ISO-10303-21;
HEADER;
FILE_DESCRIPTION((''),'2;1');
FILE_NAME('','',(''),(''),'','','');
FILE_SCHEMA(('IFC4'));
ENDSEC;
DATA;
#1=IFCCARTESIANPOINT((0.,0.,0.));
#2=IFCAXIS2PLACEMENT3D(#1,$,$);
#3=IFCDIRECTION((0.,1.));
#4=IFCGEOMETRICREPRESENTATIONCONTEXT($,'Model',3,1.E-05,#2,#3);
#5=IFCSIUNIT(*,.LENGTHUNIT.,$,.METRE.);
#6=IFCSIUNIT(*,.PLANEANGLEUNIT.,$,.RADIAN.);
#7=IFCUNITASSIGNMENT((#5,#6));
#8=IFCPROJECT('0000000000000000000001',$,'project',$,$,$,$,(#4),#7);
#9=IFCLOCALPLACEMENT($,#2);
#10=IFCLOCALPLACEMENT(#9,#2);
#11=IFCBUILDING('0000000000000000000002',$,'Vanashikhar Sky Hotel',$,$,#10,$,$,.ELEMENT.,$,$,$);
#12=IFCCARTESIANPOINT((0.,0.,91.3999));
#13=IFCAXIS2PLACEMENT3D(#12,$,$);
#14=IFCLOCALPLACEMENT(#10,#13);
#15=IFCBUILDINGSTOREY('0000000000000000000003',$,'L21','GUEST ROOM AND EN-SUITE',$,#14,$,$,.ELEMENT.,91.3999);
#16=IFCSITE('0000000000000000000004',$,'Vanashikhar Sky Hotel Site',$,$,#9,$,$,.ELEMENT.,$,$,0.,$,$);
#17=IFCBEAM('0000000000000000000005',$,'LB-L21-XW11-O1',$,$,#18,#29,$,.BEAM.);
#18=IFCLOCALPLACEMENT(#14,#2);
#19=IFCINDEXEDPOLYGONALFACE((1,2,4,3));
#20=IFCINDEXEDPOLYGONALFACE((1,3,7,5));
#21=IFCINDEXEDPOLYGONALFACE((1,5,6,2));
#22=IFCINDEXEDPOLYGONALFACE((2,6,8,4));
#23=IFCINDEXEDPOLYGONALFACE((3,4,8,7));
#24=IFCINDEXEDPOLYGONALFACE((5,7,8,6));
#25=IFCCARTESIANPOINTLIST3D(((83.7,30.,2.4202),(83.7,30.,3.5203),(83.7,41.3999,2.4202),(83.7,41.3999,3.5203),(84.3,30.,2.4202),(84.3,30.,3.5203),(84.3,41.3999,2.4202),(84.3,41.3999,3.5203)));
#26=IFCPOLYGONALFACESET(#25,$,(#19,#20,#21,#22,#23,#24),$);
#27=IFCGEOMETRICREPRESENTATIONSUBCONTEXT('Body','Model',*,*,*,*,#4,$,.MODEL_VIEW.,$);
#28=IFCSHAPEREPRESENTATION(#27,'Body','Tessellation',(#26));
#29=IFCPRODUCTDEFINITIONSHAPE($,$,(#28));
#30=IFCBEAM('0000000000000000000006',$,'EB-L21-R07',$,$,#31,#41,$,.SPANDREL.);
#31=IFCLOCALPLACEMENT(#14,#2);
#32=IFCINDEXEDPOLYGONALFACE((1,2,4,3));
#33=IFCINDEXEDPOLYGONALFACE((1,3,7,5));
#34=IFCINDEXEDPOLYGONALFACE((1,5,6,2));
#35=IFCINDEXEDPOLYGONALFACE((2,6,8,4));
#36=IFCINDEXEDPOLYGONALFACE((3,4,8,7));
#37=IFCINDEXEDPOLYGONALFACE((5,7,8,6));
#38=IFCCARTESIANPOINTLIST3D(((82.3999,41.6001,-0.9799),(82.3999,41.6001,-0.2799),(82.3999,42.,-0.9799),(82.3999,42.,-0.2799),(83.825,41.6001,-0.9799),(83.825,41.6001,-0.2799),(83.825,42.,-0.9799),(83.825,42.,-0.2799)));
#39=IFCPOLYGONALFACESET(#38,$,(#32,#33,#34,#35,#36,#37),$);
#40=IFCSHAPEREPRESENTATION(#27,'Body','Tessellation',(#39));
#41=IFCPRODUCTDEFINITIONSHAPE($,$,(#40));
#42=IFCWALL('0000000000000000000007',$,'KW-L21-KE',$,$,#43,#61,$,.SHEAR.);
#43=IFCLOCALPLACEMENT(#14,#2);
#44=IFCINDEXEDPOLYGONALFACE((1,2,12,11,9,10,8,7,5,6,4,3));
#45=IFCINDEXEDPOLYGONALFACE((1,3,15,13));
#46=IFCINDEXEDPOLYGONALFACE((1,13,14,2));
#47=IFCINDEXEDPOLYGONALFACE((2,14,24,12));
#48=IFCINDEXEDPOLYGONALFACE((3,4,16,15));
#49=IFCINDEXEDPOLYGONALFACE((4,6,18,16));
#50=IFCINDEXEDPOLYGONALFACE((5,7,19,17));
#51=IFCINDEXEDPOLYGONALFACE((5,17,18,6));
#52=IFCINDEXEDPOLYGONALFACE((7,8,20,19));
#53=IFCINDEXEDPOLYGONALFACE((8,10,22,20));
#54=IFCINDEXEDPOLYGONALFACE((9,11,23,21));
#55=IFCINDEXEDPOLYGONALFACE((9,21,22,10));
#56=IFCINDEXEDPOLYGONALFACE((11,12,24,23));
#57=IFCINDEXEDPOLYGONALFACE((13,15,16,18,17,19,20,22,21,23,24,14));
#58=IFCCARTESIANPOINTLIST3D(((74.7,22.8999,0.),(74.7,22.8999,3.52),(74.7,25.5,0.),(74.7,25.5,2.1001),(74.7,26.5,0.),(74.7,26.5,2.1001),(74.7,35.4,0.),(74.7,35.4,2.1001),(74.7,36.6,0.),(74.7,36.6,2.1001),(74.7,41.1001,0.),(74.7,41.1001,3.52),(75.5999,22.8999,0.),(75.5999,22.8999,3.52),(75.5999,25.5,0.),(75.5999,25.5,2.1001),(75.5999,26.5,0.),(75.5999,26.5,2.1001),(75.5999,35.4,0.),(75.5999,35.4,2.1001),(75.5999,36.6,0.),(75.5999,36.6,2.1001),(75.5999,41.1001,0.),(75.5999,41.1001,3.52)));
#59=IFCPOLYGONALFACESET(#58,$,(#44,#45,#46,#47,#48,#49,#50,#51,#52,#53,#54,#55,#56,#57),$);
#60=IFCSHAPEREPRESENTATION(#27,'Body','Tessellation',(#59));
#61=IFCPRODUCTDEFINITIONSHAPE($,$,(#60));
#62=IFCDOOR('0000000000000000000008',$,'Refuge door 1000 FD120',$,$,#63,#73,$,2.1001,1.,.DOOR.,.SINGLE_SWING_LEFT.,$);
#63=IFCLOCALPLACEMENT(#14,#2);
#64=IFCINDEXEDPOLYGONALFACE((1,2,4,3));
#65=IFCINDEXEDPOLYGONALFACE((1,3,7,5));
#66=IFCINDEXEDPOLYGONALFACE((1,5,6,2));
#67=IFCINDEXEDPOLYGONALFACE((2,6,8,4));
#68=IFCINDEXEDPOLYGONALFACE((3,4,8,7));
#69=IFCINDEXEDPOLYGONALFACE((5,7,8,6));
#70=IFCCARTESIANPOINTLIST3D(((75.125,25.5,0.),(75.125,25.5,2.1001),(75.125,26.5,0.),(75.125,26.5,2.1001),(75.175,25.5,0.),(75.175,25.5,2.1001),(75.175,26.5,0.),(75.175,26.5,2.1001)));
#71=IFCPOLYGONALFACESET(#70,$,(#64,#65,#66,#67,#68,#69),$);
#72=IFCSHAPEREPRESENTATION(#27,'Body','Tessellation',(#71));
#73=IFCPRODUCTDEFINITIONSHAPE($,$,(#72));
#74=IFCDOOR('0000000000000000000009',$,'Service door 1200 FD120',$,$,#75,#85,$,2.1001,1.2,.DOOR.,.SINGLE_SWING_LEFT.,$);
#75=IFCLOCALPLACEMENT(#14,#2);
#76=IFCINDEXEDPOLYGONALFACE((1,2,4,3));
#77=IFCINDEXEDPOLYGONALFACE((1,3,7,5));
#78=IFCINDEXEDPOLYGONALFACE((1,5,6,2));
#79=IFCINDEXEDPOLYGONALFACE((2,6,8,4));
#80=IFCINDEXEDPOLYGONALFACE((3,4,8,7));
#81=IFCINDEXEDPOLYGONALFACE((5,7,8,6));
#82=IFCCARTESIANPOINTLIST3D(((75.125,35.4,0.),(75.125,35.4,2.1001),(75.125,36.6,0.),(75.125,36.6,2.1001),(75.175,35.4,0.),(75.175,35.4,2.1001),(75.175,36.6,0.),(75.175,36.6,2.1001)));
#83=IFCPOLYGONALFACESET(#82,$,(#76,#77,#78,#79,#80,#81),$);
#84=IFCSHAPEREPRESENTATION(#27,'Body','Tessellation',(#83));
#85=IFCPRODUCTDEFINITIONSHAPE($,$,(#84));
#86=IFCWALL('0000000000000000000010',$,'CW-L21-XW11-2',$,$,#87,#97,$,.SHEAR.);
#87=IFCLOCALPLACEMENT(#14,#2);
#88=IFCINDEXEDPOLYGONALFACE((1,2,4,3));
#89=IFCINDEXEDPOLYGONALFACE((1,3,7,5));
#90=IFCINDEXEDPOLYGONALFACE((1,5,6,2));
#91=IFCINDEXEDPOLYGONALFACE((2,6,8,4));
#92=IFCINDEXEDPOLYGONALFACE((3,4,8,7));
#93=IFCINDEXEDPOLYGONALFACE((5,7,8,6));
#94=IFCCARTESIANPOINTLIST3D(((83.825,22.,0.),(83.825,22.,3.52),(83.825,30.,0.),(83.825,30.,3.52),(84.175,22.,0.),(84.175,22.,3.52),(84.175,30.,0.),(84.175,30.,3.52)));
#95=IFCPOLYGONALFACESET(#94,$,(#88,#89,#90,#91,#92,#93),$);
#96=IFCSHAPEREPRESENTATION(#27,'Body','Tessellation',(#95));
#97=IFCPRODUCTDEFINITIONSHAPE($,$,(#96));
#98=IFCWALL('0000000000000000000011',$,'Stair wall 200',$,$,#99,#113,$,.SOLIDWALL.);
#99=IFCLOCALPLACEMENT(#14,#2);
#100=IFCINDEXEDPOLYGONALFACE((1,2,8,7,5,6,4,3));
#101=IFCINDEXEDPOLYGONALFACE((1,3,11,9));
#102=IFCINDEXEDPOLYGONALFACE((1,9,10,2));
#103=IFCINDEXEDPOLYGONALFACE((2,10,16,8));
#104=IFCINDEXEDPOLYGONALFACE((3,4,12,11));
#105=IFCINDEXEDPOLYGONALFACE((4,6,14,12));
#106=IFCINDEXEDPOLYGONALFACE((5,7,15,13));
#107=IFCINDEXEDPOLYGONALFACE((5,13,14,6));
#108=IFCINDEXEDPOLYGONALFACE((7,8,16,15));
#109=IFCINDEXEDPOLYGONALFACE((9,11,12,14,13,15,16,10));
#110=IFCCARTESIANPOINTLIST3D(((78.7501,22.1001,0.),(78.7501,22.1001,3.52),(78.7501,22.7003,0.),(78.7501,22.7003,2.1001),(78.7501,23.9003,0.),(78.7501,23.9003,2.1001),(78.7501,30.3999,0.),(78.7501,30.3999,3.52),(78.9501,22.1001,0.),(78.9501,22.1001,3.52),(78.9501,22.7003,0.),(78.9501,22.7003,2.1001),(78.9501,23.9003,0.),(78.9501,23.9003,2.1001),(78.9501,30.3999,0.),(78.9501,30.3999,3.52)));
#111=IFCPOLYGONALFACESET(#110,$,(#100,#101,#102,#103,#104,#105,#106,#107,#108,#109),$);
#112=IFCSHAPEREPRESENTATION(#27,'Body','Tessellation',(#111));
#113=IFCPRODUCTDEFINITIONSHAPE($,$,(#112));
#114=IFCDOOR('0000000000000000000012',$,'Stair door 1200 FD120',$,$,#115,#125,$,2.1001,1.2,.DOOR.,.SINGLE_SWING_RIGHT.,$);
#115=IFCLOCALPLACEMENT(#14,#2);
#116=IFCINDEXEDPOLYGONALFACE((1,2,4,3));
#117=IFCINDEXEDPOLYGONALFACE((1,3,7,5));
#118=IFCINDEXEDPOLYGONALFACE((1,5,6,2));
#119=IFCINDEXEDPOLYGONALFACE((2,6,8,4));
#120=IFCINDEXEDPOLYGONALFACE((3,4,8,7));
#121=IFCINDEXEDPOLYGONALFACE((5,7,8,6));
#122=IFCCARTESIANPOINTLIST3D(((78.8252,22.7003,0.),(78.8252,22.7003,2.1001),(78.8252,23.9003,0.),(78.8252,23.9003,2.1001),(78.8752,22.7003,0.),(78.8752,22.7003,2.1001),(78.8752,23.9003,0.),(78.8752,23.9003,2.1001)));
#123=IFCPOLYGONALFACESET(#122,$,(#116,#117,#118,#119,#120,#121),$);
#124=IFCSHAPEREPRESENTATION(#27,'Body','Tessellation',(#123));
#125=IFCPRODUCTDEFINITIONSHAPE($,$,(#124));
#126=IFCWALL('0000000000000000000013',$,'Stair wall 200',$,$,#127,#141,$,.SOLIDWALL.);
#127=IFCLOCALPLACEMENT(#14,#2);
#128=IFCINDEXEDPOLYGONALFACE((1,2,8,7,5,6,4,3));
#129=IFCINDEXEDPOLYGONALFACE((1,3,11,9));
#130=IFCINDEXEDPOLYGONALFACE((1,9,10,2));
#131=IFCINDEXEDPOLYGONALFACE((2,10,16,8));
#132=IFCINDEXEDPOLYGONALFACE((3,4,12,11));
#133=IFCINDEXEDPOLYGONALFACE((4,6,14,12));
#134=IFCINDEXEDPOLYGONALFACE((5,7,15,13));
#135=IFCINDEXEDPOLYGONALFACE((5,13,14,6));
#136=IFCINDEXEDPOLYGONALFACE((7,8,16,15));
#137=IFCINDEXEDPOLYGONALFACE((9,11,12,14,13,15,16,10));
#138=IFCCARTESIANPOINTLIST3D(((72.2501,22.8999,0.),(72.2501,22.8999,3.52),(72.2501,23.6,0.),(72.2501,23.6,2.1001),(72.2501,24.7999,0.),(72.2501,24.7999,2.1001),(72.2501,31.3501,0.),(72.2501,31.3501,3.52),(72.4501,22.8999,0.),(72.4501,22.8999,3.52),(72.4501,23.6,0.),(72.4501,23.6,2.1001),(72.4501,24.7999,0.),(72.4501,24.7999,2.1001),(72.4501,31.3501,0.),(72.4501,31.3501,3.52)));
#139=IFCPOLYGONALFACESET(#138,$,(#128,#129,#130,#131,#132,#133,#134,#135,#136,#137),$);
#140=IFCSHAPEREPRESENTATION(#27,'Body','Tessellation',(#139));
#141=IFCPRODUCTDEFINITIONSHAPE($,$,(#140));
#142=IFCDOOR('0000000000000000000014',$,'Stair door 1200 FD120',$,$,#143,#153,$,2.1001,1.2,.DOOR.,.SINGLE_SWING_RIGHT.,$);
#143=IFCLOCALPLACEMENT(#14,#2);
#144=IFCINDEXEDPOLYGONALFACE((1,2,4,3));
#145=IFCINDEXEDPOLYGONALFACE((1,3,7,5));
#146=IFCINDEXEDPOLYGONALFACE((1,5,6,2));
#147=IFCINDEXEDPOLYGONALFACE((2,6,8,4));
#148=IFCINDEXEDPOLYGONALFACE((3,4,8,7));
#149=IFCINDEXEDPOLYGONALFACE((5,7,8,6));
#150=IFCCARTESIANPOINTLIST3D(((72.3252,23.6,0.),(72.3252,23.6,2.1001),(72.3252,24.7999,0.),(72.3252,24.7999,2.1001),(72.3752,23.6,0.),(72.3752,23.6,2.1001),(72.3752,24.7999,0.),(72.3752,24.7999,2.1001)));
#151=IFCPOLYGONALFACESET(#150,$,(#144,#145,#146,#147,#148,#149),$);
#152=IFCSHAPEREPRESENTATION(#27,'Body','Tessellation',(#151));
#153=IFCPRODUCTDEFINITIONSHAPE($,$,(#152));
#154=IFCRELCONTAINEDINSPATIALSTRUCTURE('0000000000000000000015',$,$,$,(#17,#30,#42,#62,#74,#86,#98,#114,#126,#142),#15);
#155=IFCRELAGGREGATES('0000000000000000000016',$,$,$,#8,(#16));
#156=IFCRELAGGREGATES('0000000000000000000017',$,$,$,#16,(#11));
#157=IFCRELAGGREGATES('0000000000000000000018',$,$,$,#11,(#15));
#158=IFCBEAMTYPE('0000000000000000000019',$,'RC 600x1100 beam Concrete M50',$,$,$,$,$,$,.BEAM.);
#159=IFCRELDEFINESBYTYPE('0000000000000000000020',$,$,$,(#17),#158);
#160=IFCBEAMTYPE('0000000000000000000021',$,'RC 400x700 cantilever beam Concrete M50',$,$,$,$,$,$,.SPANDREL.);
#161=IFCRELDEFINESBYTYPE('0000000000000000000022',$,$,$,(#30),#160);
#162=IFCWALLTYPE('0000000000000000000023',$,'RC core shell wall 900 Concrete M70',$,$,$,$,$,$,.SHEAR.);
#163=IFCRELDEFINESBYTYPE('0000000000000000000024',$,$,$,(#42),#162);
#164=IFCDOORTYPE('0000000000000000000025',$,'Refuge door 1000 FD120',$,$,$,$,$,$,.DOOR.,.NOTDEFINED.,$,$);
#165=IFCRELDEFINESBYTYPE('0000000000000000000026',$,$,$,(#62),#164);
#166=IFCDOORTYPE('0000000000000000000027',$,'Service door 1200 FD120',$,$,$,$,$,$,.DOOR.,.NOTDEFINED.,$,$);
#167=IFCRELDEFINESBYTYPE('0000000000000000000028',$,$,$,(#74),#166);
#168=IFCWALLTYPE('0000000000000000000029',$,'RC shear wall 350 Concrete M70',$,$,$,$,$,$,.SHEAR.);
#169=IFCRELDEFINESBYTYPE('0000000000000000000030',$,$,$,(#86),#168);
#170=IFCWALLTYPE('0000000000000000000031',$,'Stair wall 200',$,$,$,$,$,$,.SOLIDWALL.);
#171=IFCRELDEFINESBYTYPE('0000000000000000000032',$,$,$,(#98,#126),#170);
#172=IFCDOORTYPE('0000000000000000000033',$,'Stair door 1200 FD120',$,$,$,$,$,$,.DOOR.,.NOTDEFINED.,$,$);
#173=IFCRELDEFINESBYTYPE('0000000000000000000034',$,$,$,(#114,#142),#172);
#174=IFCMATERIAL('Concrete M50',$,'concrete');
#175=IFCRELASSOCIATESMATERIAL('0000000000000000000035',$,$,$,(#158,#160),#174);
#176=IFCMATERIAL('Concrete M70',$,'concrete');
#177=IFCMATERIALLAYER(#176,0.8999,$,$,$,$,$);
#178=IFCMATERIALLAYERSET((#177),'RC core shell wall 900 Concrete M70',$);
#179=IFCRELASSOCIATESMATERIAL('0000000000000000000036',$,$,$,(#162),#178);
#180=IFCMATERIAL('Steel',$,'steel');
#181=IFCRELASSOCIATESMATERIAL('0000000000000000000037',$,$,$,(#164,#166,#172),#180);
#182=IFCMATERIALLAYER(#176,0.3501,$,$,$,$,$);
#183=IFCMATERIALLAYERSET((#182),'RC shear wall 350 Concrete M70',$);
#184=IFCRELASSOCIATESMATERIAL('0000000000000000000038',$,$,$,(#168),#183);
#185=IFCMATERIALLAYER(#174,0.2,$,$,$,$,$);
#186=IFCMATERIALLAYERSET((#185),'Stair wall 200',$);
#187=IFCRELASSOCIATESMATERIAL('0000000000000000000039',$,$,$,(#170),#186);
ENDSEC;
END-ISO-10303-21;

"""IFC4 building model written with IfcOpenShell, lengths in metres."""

from ifc_helpers import new_model, si_unit, direction, frame, frame_2d, origin, origin_2d, place, context, subcontext, project, spatial, rectangle, extrude, source, transform, mapped, material, layer, layer_set, material_profile, profile_set, type_object, element, fill, save


model = new_model("IFC4")

# Units and contexts
model_context = context("Model", 3, precision=1e-05, world=origin(), true_north=direction((0.0, 1.0)))
body_context = subcontext(model_context, "Body", "Model", "MODEL_VIEW")
ifc_project = project(units=[si_unit("LENGTHUNIT", "METRE"), si_unit("PLANEANGLEUNIT", "RADIAN")], contexts=[model_context])

# Site, building, storey
site_placement = place(None, origin())
site = spatial("IfcSite", under=ifc_project, at=site_placement, Name="Vanashikhar Sky Hotel Site", CompositionType="ELEMENT", RefElevation=0.0)
building_placement = place(site_placement, origin())
building = spatial("IfcBuilding", under=site, at=building_placement, Name="Vanashikhar Sky Hotel", CompositionType="ELEMENT")
storey_placement = place(building_placement, frame((0.0, 0.0, 91.3999)))
storey = spatial("IfcBuildingStorey", under=building, at=storey_placement, Name="L21", Description="GUEST ROOM AND EN-SUITE", CompositionType="ELEMENT", Elevation=91.3999)

# Beams
ifc_material_1 = material(Name="Concrete M50", Category="concrete")
ifc_material_profile_1 = material_profile(ifc_material_1, rectangle(XDim=0.6001, YDim=1.1001, at=origin_2d()))
ifc_profile_set_1 = profile_set([ifc_material_profile_1], Name="RC 600x1100 beam Concrete M50")
beam_type_1 = type_object("IfcBeamType", Name="RC 600x1100 beam Concrete M50", PredefinedType="BEAM", material=ifc_profile_set_1)
shared_shape_1 = source(origin(), body_context, "Body", "SweptSolid", [
    extrude(rectangle(XDim=0.6001, YDim=1.1001, at=origin_2d()), origin(), (0.0, 0.0, 1.0), 11.3999),
])
beam_1_placement = place(storey_placement, frame((84.0, 30.0, 2.9702), z_axis=(0.0, 1.0, 0.0), x_axis=(-1.0, 0.0, 0.0)))
element("IfcBeam", 1, at=beam_1_placement, inside=storey, type_object=beam_type_1, Name="LB-L21-XW11-O1", PredefinedType="BEAM", context=body_context, shape_type="MappedRepresentation", body=[
    mapped(shared_shape_1, transform((0.0, 0.0, 0.0), scale=1.0)),
])
ifc_material_profile_2 = material_profile(ifc_material_1, rectangle(XDim=0.3999, YDim=0.7, at=origin_2d()))
ifc_profile_set_2 = profile_set([ifc_material_profile_2], Name="RC 400x700 cantilever beam Concrete M50")
beam_type_2 = type_object("IfcBeamType", Name="RC 400x700 cantilever beam Concrete M50", PredefinedType="SPANDREL", material=ifc_profile_set_2)
shared_shape_2 = source(origin(), body_context, "Body", "SweptSolid", [
    extrude(rectangle(XDim=0.3999, YDim=0.7, at=origin_2d()), origin(), (0.0, 0.0, 1.0), 1.425),
])
beam_2_placement = place(storey_placement, frame((82.3999, 41.8, -0.6299), z_axis=(1.0, 0.0, 0.0), x_axis=(0.0, 1.0, 0.0)))
element("IfcBeam", 2, at=beam_2_placement, inside=storey, type_object=beam_type_2, Name="EB-L21-R07", PredefinedType="SPANDREL", context=body_context, shape_type="MappedRepresentation", body=[
    mapped(shared_shape_2, transform((0.0, 0.0, 0.0), scale=1.0)),
])

# Wall, openings, doors
ifc_material_2 = material(Name="Concrete M70", Category="concrete")
ifc_layer_1 = layer(ifc_material_2, 0.8999)
ifc_layer_set_1 = layer_set([ifc_layer_1], Name="RC core shell wall 900 Concrete M70")
wall_type_1 = type_object("IfcWallType", Name="RC core shell wall 900 Concrete M70", PredefinedType="SHEAR", material=ifc_layer_set_1)
shared_shape_3 = source(origin(), body_context, "Body", "SweptSolid", [
    extrude(rectangle(XDim=18.2002, YDim=0.8999, at=frame_2d((9.1001, 0.0))), origin(), (0.0, 0.0, 1.0), 3.52),
])
wall_1_placement = place(storey_placement, frame((75.1499, 22.8999, 0.0), z_axis=(0.0, 0.0, 1.0), x_axis=(0.0, 1.0, 0.0)))
wall_1 = element("IfcWall", 3, at=wall_1_placement, inside=storey, type_object=wall_type_1, Name="KW-L21-KE", PredefinedType="SHEAR", context=body_context, shape_type="MappedRepresentation", body=[
    mapped(shared_shape_3, transform((0.0, 0.0, 0.0), scale=1.0)),
])
shared_shape_4 = source(origin(), body_context, "Body", "SweptSolid", [
    extrude(rectangle(XDim=1.0, YDim=2.1001, at=frame_2d((0.5, 1.05))), frame((0.0, 0.46, 0.0), z_axis=(0.0, -1.0, 0.0), x_axis=(1.0, 0.0, 0.0)), (0.0, 0.0, 1.0), 0.9199),
])
opening_1_placement = place(wall_1_placement, frame((2.6001, 0.0, 0.0)))
opening_1 = element("IfcOpeningElement", 4, at=opening_1_placement, cuts=wall_1, PredefinedType="OPENING", context=body_context, shape_type="MappedRepresentation", body=[
    mapped(shared_shape_4, transform((0.0, 0.0, 0.0), scale=1.0)),
])
shared_shape_5 = source(origin(), body_context, "Body", "SweptSolid", [
    extrude(rectangle(XDim=1.2, YDim=2.1001, at=frame_2d((0.6001, 1.05))), frame((0.0, 0.46, 0.0), z_axis=(0.0, -1.0, 0.0), x_axis=(1.0, 0.0, 0.0)), (0.0, 0.0, 1.0), 0.9199),
])
opening_2_placement = place(wall_1_placement, frame((12.5, 0.0, 0.0)))
opening_2 = element("IfcOpeningElement", 5, at=opening_2_placement, cuts=wall_1, PredefinedType="OPENING", context=body_context, shape_type="MappedRepresentation", body=[
    mapped(shared_shape_5, transform((0.0, 0.0, 0.0), scale=1.0)),
])
ifc_material_3 = material(Name="Steel", Category="steel")
door_type_1 = type_object("IfcDoorType", Name="Refuge door 1000 FD120", OperationType="NOTDEFINED", PredefinedType="DOOR", material=ifc_material_3)
shared_shape_6 = source(origin(), body_context, "Body", "SweptSolid", [
    extrude(rectangle(XDim=1.0, YDim=2.1001, at=frame_2d((0.5, 1.05))), frame((0.0, 0.0249, 0.0), z_axis=(0.0, -1.0, 0.0), x_axis=(1.0, 0.0, 0.0)), (0.0, 0.0, 1.0), 0.05),
])
door_1_placement = place(opening_1_placement, origin())
door_1 = element("IfcDoor", 6, at=door_1_placement, inside=storey, type_object=door_type_1, Name="Refuge door 1000 FD120", OperationType="SINGLE_SWING_LEFT", OverallHeight=2.1001, OverallWidth=1.0, PredefinedType="DOOR", context=body_context, shape_type="MappedRepresentation", body=[
    mapped(shared_shape_6, transform((0.0, 0.0, 0.0), scale=1.0)),
])
fill(opening_1, door_1)
door_type_2 = type_object("IfcDoorType", Name="Service door 1200 FD120", OperationType="NOTDEFINED", PredefinedType="DOOR", material=ifc_material_3)
shared_shape_7 = source(origin(), body_context, "Body", "SweptSolid", [
    extrude(rectangle(XDim=1.2, YDim=2.1001, at=frame_2d((0.6001, 1.05))), frame((0.0, 0.0249, 0.0), z_axis=(0.0, -1.0, 0.0), x_axis=(1.0, 0.0, 0.0)), (0.0, 0.0, 1.0), 0.05),
])
door_2_placement = place(opening_2_placement, origin())
door_2 = element("IfcDoor", 7, at=door_2_placement, inside=storey, type_object=door_type_2, Name="Service door 1200 FD120", OperationType="SINGLE_SWING_LEFT", OverallHeight=2.1001, OverallWidth=1.2, PredefinedType="DOOR", context=body_context, shape_type="MappedRepresentation", body=[
    mapped(shared_shape_7, transform((0.0, 0.0, 0.0), scale=1.0)),
])
fill(opening_2, door_2)

# Wall
ifc_layer_2 = layer(ifc_material_2, 0.3501)
ifc_layer_set_2 = layer_set([ifc_layer_2], Name="RC shear wall 350 Concrete M70")
wall_type_2 = type_object("IfcWallType", Name="RC shear wall 350 Concrete M70", PredefinedType="SHEAR", material=ifc_layer_set_2)
shared_shape_8 = source(origin(), body_context, "Body", "SweptSolid", [
    extrude(rectangle(XDim=8.0, YDim=0.3501, at=frame_2d((4.0, 0.0))), origin(), (0.0, 0.0, 1.0), 3.52),
])
wall_2_placement = place(storey_placement, frame((84.0, 22.0, 0.0), z_axis=(0.0, 0.0, 1.0), x_axis=(0.0, 1.0, 0.0)))
element("IfcWall", 8, at=wall_2_placement, inside=storey, type_object=wall_type_2, Name="CW-L21-XW11-2", PredefinedType="SHEAR", context=body_context, shape_type="MappedRepresentation", body=[
    mapped(shared_shape_8, transform((0.0, 0.0, 0.0), scale=1.0)),
])

# Walls, openings, doors
ifc_layer_3 = layer(ifc_material_1, 0.2)
ifc_layer_set_3 = layer_set([ifc_layer_3], Name="Stair wall 200")
wall_type_3 = type_object("IfcWallType", Name="Stair wall 200", PredefinedType="SOLIDWALL", material=ifc_layer_set_3)
shared_shape_9 = source(origin(), body_context, "Body", "SweptSolid", [
    extrude(rectangle(XDim=8.2998, YDim=0.2, at=frame_2d((4.1499, 0.0))), origin(), (0.0, 0.0, 1.0), 3.52),
])
wall_3_placement = place(storey_placement, frame((78.8501, 22.1001, 0.0), z_axis=(0.0, 0.0, 1.0), x_axis=(0.0, 1.0, 0.0)))
wall_3 = element("IfcWall", 9, at=wall_3_placement, inside=storey, type_object=wall_type_3, Name="Stair wall 200", PredefinedType="SOLIDWALL", context=body_context, shape_type="MappedRepresentation", body=[
    mapped(shared_shape_9, transform((0.0, 0.0, 0.0), scale=1.0)),
])
shared_shape_10 = source(origin(), body_context, "Body", "SweptSolid", [
    extrude(rectangle(XDim=1.2, YDim=2.1001, at=frame_2d((0.6001, 1.05))), frame((0.0, 0.1099, 0.0), z_axis=(0.0, -1.0, 0.0), x_axis=(1.0, 0.0, 0.0)), (0.0, 0.0, 1.0), 0.22),
])
opening_3_placement = place(wall_3_placement, frame((0.6001, 0.0, 0.0)))
opening_3 = element("IfcOpeningElement", 10, at=opening_3_placement, cuts=wall_3, PredefinedType="OPENING", context=body_context, shape_type="MappedRepresentation", body=[
    mapped(shared_shape_10, transform((0.0, 0.0, 0.0), scale=1.0)),
])
door_type_3 = type_object("IfcDoorType", Name="Stair door 1200 FD120", OperationType="NOTDEFINED", PredefinedType="DOOR", material=ifc_material_3)
door_3_placement = place(opening_3_placement, origin())
door_3 = element("IfcDoor", 11, at=door_3_placement, inside=storey, type_object=door_type_3, Name="Stair door 1200 FD120", OperationType="SINGLE_SWING_RIGHT", OverallHeight=2.1001, OverallWidth=1.2, PredefinedType="DOOR", context=body_context, shape_type="MappedRepresentation", body=[
    mapped(shared_shape_7, transform((0.0, 0.0, 0.0), scale=1.0)),
])
fill(opening_3, door_3)
shared_shape_11 = source(origin(), body_context, "Body", "SweptSolid", [
    extrude(rectangle(XDim=8.4502, YDim=0.2, at=frame_2d((4.2251, 0.0))), origin(), (0.0, 0.0, 1.0), 3.52),
])
wall_4_placement = place(storey_placement, frame((72.3501, 22.8999, 0.0), z_axis=(0.0, 0.0, 1.0), x_axis=(0.0, 1.0, 0.0)))
wall_4 = element("IfcWall", 12, at=wall_4_placement, inside=storey, type_object=wall_type_3, Name="Stair wall 200", PredefinedType="SOLIDWALL", context=body_context, shape_type="MappedRepresentation", body=[
    mapped(shared_shape_11, transform((0.0, 0.0, 0.0), scale=1.0)),
])
opening_4_placement = place(wall_4_placement, frame((0.7, 0.0, 0.0)))
opening_4 = element("IfcOpeningElement", 13, at=opening_4_placement, cuts=wall_4, PredefinedType="OPENING", context=body_context, shape_type="MappedRepresentation", body=[
    mapped(shared_shape_10, transform((0.0, 0.0, 0.0), scale=1.0)),
])
door_4_placement = place(opening_4_placement, origin())
door_4 = element("IfcDoor", 14, at=door_4_placement, inside=storey, type_object=door_type_3, Name="Stair door 1200 FD120", OperationType="SINGLE_SWING_RIGHT", OverallHeight=2.1001, OverallWidth=1.2, PredefinedType="DOOR", context=body_context, shape_type="MappedRepresentation", body=[
    mapped(shared_shape_7, transform((0.0, 0.0, 0.0), scale=1.0)),
])
fill(opening_4, door_4)

save(model, "model.ifc")
